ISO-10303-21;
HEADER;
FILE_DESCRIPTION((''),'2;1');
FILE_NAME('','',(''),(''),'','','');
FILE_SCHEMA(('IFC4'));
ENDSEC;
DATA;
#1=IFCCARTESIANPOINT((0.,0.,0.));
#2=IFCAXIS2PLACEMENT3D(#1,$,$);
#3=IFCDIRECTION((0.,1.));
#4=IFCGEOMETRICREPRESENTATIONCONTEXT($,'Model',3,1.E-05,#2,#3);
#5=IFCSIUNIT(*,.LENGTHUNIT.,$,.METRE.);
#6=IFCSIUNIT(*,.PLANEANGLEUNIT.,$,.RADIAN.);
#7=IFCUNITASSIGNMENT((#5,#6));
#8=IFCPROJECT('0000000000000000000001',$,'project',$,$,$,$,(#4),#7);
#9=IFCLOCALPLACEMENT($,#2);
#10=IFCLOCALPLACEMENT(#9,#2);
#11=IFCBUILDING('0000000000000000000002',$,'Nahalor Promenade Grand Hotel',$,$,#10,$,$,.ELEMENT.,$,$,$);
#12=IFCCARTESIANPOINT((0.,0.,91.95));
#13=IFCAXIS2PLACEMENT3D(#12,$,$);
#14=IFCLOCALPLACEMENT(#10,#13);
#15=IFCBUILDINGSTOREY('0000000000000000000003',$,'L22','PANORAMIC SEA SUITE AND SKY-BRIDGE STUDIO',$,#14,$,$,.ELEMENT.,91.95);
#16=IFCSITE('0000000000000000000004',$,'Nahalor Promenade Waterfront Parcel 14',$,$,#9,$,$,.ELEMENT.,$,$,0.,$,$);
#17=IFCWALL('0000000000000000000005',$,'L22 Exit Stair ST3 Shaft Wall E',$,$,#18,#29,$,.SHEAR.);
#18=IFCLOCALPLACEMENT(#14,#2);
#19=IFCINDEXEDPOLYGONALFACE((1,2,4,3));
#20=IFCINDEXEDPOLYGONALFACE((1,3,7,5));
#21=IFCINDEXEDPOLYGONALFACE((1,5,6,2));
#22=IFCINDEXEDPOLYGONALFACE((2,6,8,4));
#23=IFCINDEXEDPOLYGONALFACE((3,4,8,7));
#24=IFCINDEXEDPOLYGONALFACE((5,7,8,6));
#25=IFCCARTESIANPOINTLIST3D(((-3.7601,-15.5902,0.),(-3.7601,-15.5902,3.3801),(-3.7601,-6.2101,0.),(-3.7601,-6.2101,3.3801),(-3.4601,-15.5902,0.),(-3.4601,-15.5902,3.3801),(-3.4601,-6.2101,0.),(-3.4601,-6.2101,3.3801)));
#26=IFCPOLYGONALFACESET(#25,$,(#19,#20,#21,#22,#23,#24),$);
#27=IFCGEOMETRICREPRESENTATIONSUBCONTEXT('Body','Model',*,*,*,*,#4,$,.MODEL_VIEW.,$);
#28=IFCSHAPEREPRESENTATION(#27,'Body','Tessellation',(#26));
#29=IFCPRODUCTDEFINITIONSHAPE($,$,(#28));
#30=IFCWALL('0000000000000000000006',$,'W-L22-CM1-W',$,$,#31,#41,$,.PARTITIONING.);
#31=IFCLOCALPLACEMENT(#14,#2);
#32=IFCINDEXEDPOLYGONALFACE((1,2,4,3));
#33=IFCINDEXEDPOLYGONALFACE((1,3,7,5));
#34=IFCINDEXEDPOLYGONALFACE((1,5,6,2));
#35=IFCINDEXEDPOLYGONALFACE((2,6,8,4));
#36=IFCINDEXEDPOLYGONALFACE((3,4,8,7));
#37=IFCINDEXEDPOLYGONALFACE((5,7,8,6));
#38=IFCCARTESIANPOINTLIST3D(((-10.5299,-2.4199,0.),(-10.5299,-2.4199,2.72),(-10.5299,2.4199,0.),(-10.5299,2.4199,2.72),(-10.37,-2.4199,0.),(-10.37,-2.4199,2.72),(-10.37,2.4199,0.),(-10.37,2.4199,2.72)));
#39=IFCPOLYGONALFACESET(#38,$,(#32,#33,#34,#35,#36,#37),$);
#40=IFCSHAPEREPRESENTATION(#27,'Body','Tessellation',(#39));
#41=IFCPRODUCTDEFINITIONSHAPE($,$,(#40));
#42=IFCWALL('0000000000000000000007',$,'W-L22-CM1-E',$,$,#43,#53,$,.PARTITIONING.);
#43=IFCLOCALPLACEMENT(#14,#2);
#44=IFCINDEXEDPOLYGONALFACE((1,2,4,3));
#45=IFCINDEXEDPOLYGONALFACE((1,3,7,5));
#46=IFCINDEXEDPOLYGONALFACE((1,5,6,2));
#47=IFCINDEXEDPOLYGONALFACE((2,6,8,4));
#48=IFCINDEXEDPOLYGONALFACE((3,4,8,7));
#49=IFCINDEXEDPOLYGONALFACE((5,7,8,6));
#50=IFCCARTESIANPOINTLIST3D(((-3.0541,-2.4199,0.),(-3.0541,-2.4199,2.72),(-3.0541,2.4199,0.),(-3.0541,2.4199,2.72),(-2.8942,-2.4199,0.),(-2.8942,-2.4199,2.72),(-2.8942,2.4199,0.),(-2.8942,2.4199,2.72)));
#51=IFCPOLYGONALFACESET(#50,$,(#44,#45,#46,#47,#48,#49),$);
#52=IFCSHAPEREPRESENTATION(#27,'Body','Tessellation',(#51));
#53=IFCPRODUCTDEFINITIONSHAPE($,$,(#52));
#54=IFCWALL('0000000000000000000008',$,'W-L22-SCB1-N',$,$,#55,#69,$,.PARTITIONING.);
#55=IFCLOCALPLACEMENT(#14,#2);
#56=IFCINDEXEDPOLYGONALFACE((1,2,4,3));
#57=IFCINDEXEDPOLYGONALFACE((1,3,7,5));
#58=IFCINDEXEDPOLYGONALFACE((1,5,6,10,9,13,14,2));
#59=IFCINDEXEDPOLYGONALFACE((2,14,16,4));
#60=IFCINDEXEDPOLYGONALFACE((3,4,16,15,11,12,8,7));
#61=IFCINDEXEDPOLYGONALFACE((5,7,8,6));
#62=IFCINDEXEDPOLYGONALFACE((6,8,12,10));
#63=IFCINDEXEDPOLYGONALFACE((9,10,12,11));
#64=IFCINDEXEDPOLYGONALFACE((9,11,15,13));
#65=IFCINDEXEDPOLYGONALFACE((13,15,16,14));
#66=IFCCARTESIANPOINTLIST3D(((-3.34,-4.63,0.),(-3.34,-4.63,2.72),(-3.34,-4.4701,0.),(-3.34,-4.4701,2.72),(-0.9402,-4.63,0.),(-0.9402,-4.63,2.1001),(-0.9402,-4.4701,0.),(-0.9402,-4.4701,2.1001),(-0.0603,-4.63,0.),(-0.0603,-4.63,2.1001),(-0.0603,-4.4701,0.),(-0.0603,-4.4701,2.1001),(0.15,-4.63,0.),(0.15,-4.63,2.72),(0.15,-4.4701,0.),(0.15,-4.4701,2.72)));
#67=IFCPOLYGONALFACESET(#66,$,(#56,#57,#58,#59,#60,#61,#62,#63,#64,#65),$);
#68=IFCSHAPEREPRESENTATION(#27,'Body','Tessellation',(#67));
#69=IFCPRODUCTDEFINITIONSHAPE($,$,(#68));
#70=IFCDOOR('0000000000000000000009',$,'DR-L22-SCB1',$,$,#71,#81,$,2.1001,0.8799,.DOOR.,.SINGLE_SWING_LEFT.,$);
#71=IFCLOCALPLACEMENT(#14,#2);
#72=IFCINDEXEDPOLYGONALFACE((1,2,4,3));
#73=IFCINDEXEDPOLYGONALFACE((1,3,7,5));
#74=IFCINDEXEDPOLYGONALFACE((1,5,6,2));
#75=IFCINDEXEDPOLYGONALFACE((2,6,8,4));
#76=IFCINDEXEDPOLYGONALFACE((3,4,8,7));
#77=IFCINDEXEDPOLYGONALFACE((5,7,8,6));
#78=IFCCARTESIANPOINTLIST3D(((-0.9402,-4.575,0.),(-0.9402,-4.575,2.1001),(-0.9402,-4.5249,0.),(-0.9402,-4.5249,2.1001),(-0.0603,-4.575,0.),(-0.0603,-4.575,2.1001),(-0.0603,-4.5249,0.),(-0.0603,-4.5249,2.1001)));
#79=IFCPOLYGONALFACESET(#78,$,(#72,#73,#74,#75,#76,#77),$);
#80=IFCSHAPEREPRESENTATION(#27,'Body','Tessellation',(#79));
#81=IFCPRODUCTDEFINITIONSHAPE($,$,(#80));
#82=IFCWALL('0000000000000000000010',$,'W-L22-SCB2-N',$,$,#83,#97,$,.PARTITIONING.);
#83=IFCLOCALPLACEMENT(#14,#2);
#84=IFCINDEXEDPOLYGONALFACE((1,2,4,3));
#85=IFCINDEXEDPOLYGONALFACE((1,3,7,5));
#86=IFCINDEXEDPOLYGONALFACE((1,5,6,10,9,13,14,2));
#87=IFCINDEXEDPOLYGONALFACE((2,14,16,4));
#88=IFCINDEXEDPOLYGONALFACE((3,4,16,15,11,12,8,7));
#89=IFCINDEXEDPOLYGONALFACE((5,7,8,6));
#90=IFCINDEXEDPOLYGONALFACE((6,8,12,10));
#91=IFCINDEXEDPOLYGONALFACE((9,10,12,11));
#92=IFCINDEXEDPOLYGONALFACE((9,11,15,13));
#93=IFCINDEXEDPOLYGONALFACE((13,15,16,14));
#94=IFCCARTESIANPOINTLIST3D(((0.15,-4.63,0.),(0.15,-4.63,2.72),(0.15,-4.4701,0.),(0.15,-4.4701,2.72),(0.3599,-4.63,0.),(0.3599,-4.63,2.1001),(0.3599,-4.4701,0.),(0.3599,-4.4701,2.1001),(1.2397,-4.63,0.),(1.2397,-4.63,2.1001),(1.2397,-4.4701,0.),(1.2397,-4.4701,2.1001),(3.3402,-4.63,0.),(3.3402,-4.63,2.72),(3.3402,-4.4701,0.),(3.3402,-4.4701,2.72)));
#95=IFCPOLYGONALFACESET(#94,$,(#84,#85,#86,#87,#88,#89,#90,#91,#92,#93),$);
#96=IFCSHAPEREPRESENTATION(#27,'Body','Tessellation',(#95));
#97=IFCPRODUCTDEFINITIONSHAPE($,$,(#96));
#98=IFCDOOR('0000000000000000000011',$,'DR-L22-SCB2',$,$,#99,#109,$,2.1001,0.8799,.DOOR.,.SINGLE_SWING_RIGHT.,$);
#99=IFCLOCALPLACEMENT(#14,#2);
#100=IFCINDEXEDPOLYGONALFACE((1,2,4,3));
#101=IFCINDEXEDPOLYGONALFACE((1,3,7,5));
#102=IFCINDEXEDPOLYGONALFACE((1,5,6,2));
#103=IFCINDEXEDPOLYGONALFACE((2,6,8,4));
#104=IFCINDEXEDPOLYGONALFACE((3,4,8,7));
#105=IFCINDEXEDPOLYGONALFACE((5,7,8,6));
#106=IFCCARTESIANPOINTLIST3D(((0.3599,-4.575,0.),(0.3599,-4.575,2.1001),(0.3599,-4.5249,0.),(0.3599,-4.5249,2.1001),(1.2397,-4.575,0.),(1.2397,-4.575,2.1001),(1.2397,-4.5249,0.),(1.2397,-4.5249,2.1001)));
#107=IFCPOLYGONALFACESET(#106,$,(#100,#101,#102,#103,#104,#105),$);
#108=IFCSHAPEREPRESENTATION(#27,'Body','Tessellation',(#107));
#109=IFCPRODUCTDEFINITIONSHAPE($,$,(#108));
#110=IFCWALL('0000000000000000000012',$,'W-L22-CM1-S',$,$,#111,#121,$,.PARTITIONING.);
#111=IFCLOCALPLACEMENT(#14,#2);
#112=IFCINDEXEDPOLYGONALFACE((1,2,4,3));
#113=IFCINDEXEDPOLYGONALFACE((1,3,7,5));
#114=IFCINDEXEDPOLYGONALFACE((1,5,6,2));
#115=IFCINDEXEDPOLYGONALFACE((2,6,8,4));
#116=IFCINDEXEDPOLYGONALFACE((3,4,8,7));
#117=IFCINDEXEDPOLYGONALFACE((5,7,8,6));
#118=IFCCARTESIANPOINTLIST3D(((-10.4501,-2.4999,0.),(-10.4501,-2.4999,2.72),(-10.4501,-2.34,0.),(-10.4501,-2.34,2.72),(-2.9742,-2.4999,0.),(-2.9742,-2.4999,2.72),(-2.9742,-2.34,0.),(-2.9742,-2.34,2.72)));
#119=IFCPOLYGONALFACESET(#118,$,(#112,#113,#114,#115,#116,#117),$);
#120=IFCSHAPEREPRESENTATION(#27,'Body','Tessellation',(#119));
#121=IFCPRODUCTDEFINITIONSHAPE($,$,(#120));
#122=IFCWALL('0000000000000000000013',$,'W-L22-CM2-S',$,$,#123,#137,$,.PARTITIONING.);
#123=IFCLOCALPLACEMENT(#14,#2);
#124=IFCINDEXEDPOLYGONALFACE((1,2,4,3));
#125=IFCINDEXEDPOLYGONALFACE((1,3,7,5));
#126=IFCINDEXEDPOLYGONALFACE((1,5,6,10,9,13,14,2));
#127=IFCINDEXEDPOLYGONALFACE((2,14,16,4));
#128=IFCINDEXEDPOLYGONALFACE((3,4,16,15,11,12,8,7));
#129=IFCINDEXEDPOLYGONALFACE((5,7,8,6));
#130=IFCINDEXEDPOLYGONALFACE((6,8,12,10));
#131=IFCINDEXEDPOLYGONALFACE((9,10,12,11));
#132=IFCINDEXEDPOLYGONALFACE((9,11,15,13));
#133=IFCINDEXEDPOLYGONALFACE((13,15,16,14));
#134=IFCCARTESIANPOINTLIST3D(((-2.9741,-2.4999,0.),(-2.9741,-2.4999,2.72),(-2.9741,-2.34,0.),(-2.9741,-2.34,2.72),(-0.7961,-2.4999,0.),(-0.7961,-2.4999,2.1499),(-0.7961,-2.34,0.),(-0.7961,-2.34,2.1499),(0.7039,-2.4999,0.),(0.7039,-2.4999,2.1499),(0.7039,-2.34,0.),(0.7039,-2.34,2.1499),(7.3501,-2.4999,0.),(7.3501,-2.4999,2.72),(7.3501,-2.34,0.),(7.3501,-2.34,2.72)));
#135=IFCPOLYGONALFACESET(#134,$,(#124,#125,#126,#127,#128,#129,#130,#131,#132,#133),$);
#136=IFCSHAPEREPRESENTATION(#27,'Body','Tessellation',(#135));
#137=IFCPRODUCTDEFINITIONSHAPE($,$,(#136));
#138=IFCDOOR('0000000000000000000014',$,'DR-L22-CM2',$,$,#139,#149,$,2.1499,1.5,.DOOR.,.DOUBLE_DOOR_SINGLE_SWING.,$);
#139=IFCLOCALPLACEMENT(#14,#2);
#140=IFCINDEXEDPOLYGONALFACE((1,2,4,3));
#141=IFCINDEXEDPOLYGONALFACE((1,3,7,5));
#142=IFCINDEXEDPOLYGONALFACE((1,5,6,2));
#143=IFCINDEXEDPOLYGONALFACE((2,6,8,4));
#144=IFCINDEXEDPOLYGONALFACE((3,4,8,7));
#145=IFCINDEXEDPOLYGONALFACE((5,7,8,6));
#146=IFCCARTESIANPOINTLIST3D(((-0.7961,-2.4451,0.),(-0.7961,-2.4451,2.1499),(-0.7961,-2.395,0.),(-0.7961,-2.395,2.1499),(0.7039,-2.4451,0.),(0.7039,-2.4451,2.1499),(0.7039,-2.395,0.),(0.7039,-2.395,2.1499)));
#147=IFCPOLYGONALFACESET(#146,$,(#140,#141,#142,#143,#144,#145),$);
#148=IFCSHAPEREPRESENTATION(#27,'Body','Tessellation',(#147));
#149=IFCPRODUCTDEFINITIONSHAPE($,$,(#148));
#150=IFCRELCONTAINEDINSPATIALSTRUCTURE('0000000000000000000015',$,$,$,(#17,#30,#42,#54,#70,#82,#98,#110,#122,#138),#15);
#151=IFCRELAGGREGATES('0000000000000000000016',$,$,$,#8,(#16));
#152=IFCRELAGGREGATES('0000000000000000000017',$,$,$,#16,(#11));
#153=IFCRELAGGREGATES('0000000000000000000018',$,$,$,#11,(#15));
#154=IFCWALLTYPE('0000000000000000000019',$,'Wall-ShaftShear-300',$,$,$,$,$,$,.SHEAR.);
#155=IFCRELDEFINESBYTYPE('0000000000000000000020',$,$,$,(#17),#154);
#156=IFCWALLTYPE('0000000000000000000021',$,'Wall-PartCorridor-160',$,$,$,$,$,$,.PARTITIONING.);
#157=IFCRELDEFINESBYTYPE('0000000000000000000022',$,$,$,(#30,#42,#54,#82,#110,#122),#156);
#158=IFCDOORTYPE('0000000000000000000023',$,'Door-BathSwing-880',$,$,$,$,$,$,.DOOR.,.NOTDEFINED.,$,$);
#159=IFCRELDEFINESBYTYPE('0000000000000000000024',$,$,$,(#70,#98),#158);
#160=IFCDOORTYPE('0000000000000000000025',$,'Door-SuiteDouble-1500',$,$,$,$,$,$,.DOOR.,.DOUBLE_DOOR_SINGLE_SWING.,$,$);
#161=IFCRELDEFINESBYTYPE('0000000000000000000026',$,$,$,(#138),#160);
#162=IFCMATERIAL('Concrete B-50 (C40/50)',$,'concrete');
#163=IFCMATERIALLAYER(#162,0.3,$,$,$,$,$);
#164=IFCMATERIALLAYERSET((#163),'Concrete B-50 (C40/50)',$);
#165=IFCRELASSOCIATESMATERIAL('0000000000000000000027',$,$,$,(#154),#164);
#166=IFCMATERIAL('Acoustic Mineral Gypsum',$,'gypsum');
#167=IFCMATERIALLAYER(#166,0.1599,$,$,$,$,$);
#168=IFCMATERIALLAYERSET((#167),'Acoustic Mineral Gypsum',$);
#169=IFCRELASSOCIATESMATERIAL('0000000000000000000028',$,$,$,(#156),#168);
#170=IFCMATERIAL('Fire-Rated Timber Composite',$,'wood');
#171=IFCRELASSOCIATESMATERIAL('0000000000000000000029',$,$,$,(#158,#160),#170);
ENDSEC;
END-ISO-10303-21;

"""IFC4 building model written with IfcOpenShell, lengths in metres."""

from ifc_helpers import new_model, si_unit, direction, frame, frame_2d, origin, place, context, subcontext, project, spatial, rectangle, extrude, source, transform, mapped, material, layer, layer_set, type_object, element, fill, save


model = new_model("IFC4")

# Units and contexts
model_context = context("Model", 3, precision=1e-05, world=origin(), true_north=direction((0.0, 1.0)))
body_context = subcontext(model_context, "Body", "Model", "MODEL_VIEW")
ifc_project = project(units=[si_unit("LENGTHUNIT", "METRE"), si_unit("PLANEANGLEUNIT", "RADIAN")], contexts=[model_context])

# Site, building, storey
site_placement = place(None, origin())
site = spatial("IfcSite", under=ifc_project, at=site_placement, Name="Nahalor Promenade Waterfront Parcel 14", CompositionType="ELEMENT", RefElevation=0.0)
building_placement = place(site_placement, origin())
building = spatial("IfcBuilding", under=site, at=building_placement, Name="Nahalor Promenade Grand Hotel", CompositionType="ELEMENT")
storey_placement = place(building_placement, frame((0.0, 0.0, 91.95)))
storey = spatial("IfcBuildingStorey", under=building, at=storey_placement, Name="L22", Description="PANORAMIC SEA SUITE AND SKY-BRIDGE STUDIO", CompositionType="ELEMENT", Elevation=91.95)

# Shared definitions
ifc_material_1 = material(Name="Concrete B-50 (C40/50)", Category="concrete")
ifc_layer_1 = layer(ifc_material_1, 0.3)
ifc_layer_set_1 = layer_set([ifc_layer_1], Name="Concrete B-50 (C40/50)")
wall_type_1 = type_object("IfcWallType", Name="Wall-ShaftShear-300", PredefinedType="SHEAR", material=ifc_layer_set_1)

# Walls
shared_shape_1 = source(origin(), body_context, "Body", "SweptSolid", [
    extrude(rectangle(XDim=9.3801, YDim=0.3, at=frame_2d((4.6899, 0.0))), origin(), (0.0, 0.0, 1.0), 3.3801),
])
for number, where, z_axis, x_axis, name in (
    (1, (-3.6101, -15.5901, 0.0), (0.0, 0.0, 1.0), (0.0, 1.0, 0.0), "L22 Exit Stair ST3 Shaft Wall E"),
):
    element("IfcWall", number, at=place(storey_placement, frame(where, z_axis=z_axis, x_axis=x_axis)), inside=storey, type_object=wall_type_1, Name=name, PredefinedType="SHEAR", context=body_context, shape_type="MappedRepresentation", body=[
        mapped(shared_shape_1, transform((0.0, 0.0, 0.0), scale=1.0)),
    ])
ifc_material_2 = material(Name="Acoustic Mineral Gypsum", Category="gypsum")
ifc_layer_2 = layer(ifc_material_2, 0.1599)
ifc_layer_set_2 = layer_set([ifc_layer_2], Name="Acoustic Mineral Gypsum")
wall_type_2 = type_object("IfcWallType", Name="Wall-PartCorridor-160", PredefinedType="PARTITIONING", material=ifc_layer_set_2)
shared_shape_2 = source(origin(), body_context, "Body", "SweptSolid", [
    extrude(rectangle(XDim=4.8398, YDim=0.1599, at=frame_2d((2.4199, 0.0))), origin(), (0.0, 0.0, 1.0), 2.72),
])
for number, where, z_axis, x_axis, name in (
    (2, (-10.45, -2.4199, 0.0), (0.0, 0.0, 1.0), (0.0, 1.0, 0.0), "W-L22-CM1-W"),
    (3, (-2.9741, -2.4199, 0.0), (0.0, 0.0, 1.0), (0.0, 1.0, 0.0), "W-L22-CM1-E"),
):
    element("IfcWall", number, at=place(storey_placement, frame(where, z_axis=z_axis, x_axis=x_axis)), inside=storey, type_object=wall_type_2, Name=name, PredefinedType="PARTITIONING", context=body_context, shape_type="MappedRepresentation", body=[
        mapped(shared_shape_2, transform((0.0, 0.0, 0.0), scale=1.0)),
    ])

# Walls, openings, doors
shared_shape_3 = source(origin(), body_context, "Body", "SweptSolid", [
    extrude(rectangle(XDim=3.49, YDim=0.1599, at=frame_2d((1.7451, 0.0))), origin(), (0.0, 0.0, 1.0), 2.72),
])
wall_1_placement = place(storey_placement, frame((-3.3401, -4.55, 0.0), z_axis=(0.0, 0.0, 1.0), x_axis=(1.0, 0.0, 0.0)))
wall_1 = element("IfcWall", 4, at=wall_1_placement, inside=storey, type_object=wall_type_2, Name="W-L22-SCB1-N", PredefinedType="PARTITIONING", context=body_context, shape_type="MappedRepresentation", body=[
    mapped(shared_shape_3, transform((0.0, 0.0, 0.0), scale=1.0)),
])
opening_1_placement = place(wall_1_placement, frame((2.3999, 0.0, 0.0)))
opening_1 = element("IfcOpeningElement", 5, at=opening_1_placement, cuts=wall_1, PredefinedType="OPENING", context=body_context, shape_type="SweptSolid", body=[
    extrude(rectangle(XDim=0.8799, YDim=2.1001, at=frame_2d((0.4399, 1.05))), frame((0.0, 0.0898, 0.0), z_axis=(0.0, -1.0, 0.0), x_axis=(1.0, 0.0, 0.0)), (0.0, 0.0, 1.0), 0.1799),
])
ifc_material_3 = material(Name="Fire-Rated Timber Composite", Category="wood")
door_type_1 = type_object("IfcDoorType", Name="Door-BathSwing-880", OperationType="NOTDEFINED", PredefinedType="DOOR", material=ifc_material_3)
shared_shape_4 = source(origin(), body_context, "Body", "SweptSolid", [
    extrude(rectangle(XDim=0.8799, YDim=2.1001, at=frame_2d((0.4399, 1.05))), frame((0.0, 0.0249, 0.0), z_axis=(0.0, -1.0, 0.0), x_axis=(1.0, 0.0, 0.0)), (0.0, 0.0, 1.0), 0.05),
])
door_1_placement = place(opening_1_placement, frame((0.8799, 0.0, 0.0), z_axis=(0.0, 0.0, 1.0), x_axis=(-1.0, 0.0, 0.0)))
door_1 = element("IfcDoor", 6, at=door_1_placement, inside=storey, type_object=door_type_1, Name="DR-L22-SCB1", OperationType="SINGLE_SWING_LEFT", OverallHeight=2.1001, OverallWidth=0.8799, PredefinedType="DOOR", context=body_context, shape_type="MappedRepresentation", body=[
    mapped(shared_shape_4, transform((0.0, 0.0, 0.0), scale=1.0)),
])
fill(opening_1, door_1)
shared_shape_5 = source(origin(), body_context, "Body", "SweptSolid", [
    extrude(rectangle(XDim=3.1902, YDim=0.1599, at=frame_2d((1.5952, 0.0))), origin(), (0.0, 0.0, 1.0), 2.72),
])
wall_2_placement = place(storey_placement, frame((0.1499, -4.55, 0.0), z_axis=(0.0, 0.0, 1.0), x_axis=(1.0, 0.0, 0.0)))
wall_2 = element("IfcWall", 7, at=wall_2_placement, inside=storey, type_object=wall_type_2, Name="W-L22-SCB2-N", PredefinedType="PARTITIONING", context=body_context, shape_type="MappedRepresentation", body=[
    mapped(shared_shape_5, transform((0.0, 0.0, 0.0), scale=1.0)),
])
opening_2_placement = place(wall_2_placement, frame((0.21, 0.0, 0.0)))
opening_2 = element("IfcOpeningElement", 8, at=opening_2_placement, cuts=wall_2, PredefinedType="OPENING", context=body_context, shape_type="SweptSolid", body=[
    extrude(rectangle(XDim=0.8799, YDim=2.1001, at=frame_2d((0.4399, 1.05))), frame((0.0, 0.0898, 0.0), z_axis=(0.0, -1.0, 0.0), x_axis=(1.0, 0.0, 0.0)), (0.0, 0.0, 1.0), 0.1799),
])
door_2_placement = place(opening_2_placement, frame((0.8799, 0.0, 0.0), z_axis=(0.0, 0.0, 1.0), x_axis=(-1.0, 0.0, 0.0)))
door_2 = element("IfcDoor", 9, at=door_2_placement, inside=storey, type_object=door_type_1, Name="DR-L22-SCB2", OperationType="SINGLE_SWING_RIGHT", OverallHeight=2.1001, OverallWidth=0.8799, PredefinedType="DOOR", context=body_context, shape_type="MappedRepresentation", body=[
    mapped(shared_shape_4, transform((0.0, 0.0, 0.0), scale=1.0)),
])
fill(opening_2, door_2)

# Wall
shared_shape_6 = source(origin(), body_context, "Body", "SweptSolid", [
    extrude(rectangle(XDim=7.4758, YDim=0.1599, at=frame_2d((3.7378, 0.0))), origin(), (0.0, 0.0, 1.0), 2.72),
])
wall_3_placement = place(storey_placement, frame((-10.45, -2.4199, 0.0), z_axis=(0.0, 0.0, 1.0), x_axis=(1.0, 0.0, 0.0)))
element("IfcWall", 10, at=wall_3_placement, inside=storey, type_object=wall_type_2, Name="W-L22-CM1-S", PredefinedType="PARTITIONING", context=body_context, shape_type="MappedRepresentation", body=[
    mapped(shared_shape_6, transform((0.0, 0.0, 0.0), scale=1.0)),
])

# Wall, opening, door
shared_shape_7 = source(origin(), body_context, "Body", "SweptSolid", [
    extrude(rectangle(XDim=10.3242, YDim=0.1599, at=frame_2d((5.1621, 0.0))), origin(), (0.0, 0.0, 1.0), 2.72),
])
wall_4_placement = place(storey_placement, frame((-2.9741, -2.4199, 0.0), z_axis=(0.0, 0.0, 1.0), x_axis=(1.0, 0.0, 0.0)))
wall_4 = element("IfcWall", 11, at=wall_4_placement, inside=storey, type_object=wall_type_2, Name="W-L22-CM2-S", PredefinedType="PARTITIONING", context=body_context, shape_type="MappedRepresentation", body=[
    mapped(shared_shape_7, transform((0.0, 0.0, 0.0), scale=1.0)),
])
opening_3_placement = place(wall_4_placement, frame((2.178, 0.0, 0.0)))
opening_3 = element("IfcOpeningElement", 12, at=opening_3_placement, cuts=wall_4, PredefinedType="OPENING", context=body_context, shape_type="SweptSolid", body=[
    extrude(rectangle(XDim=1.5, YDim=2.1499, at=frame_2d((0.75, 1.075))), frame((0.0, 0.0898, 0.0), z_axis=(0.0, -1.0, 0.0), x_axis=(1.0, 0.0, 0.0)), (0.0, 0.0, 1.0), 0.1799),
])
door_type_2 = type_object("IfcDoorType", Name="Door-SuiteDouble-1500", OperationType="DOUBLE_DOOR_SINGLE_SWING", PredefinedType="DOOR", material=ifc_material_3)
shared_shape_8 = source(origin(), body_context, "Body", "SweptSolid", [
    extrude(rectangle(XDim=1.5, YDim=2.1499, at=frame_2d((0.75, 1.075))), frame((0.0, 0.0249, 0.0), z_axis=(0.0, -1.0, 0.0), x_axis=(1.0, 0.0, 0.0)), (0.0, 0.0, 1.0), 0.05),
])
door_3_placement = place(opening_3_placement, origin())
door_3 = element("IfcDoor", 13, at=door_3_placement, inside=storey, type_object=door_type_2, Name="DR-L22-CM2", OperationType="DOUBLE_DOOR_SINGLE_SWING", OverallHeight=2.1499, OverallWidth=1.5, PredefinedType="DOOR", context=body_context, shape_type="MappedRepresentation", body=[
    mapped(shared_shape_8, transform((0.0, 0.0, 0.0), scale=1.0)),
])
fill(opening_3, door_3)

save(model, "model.ifc")
